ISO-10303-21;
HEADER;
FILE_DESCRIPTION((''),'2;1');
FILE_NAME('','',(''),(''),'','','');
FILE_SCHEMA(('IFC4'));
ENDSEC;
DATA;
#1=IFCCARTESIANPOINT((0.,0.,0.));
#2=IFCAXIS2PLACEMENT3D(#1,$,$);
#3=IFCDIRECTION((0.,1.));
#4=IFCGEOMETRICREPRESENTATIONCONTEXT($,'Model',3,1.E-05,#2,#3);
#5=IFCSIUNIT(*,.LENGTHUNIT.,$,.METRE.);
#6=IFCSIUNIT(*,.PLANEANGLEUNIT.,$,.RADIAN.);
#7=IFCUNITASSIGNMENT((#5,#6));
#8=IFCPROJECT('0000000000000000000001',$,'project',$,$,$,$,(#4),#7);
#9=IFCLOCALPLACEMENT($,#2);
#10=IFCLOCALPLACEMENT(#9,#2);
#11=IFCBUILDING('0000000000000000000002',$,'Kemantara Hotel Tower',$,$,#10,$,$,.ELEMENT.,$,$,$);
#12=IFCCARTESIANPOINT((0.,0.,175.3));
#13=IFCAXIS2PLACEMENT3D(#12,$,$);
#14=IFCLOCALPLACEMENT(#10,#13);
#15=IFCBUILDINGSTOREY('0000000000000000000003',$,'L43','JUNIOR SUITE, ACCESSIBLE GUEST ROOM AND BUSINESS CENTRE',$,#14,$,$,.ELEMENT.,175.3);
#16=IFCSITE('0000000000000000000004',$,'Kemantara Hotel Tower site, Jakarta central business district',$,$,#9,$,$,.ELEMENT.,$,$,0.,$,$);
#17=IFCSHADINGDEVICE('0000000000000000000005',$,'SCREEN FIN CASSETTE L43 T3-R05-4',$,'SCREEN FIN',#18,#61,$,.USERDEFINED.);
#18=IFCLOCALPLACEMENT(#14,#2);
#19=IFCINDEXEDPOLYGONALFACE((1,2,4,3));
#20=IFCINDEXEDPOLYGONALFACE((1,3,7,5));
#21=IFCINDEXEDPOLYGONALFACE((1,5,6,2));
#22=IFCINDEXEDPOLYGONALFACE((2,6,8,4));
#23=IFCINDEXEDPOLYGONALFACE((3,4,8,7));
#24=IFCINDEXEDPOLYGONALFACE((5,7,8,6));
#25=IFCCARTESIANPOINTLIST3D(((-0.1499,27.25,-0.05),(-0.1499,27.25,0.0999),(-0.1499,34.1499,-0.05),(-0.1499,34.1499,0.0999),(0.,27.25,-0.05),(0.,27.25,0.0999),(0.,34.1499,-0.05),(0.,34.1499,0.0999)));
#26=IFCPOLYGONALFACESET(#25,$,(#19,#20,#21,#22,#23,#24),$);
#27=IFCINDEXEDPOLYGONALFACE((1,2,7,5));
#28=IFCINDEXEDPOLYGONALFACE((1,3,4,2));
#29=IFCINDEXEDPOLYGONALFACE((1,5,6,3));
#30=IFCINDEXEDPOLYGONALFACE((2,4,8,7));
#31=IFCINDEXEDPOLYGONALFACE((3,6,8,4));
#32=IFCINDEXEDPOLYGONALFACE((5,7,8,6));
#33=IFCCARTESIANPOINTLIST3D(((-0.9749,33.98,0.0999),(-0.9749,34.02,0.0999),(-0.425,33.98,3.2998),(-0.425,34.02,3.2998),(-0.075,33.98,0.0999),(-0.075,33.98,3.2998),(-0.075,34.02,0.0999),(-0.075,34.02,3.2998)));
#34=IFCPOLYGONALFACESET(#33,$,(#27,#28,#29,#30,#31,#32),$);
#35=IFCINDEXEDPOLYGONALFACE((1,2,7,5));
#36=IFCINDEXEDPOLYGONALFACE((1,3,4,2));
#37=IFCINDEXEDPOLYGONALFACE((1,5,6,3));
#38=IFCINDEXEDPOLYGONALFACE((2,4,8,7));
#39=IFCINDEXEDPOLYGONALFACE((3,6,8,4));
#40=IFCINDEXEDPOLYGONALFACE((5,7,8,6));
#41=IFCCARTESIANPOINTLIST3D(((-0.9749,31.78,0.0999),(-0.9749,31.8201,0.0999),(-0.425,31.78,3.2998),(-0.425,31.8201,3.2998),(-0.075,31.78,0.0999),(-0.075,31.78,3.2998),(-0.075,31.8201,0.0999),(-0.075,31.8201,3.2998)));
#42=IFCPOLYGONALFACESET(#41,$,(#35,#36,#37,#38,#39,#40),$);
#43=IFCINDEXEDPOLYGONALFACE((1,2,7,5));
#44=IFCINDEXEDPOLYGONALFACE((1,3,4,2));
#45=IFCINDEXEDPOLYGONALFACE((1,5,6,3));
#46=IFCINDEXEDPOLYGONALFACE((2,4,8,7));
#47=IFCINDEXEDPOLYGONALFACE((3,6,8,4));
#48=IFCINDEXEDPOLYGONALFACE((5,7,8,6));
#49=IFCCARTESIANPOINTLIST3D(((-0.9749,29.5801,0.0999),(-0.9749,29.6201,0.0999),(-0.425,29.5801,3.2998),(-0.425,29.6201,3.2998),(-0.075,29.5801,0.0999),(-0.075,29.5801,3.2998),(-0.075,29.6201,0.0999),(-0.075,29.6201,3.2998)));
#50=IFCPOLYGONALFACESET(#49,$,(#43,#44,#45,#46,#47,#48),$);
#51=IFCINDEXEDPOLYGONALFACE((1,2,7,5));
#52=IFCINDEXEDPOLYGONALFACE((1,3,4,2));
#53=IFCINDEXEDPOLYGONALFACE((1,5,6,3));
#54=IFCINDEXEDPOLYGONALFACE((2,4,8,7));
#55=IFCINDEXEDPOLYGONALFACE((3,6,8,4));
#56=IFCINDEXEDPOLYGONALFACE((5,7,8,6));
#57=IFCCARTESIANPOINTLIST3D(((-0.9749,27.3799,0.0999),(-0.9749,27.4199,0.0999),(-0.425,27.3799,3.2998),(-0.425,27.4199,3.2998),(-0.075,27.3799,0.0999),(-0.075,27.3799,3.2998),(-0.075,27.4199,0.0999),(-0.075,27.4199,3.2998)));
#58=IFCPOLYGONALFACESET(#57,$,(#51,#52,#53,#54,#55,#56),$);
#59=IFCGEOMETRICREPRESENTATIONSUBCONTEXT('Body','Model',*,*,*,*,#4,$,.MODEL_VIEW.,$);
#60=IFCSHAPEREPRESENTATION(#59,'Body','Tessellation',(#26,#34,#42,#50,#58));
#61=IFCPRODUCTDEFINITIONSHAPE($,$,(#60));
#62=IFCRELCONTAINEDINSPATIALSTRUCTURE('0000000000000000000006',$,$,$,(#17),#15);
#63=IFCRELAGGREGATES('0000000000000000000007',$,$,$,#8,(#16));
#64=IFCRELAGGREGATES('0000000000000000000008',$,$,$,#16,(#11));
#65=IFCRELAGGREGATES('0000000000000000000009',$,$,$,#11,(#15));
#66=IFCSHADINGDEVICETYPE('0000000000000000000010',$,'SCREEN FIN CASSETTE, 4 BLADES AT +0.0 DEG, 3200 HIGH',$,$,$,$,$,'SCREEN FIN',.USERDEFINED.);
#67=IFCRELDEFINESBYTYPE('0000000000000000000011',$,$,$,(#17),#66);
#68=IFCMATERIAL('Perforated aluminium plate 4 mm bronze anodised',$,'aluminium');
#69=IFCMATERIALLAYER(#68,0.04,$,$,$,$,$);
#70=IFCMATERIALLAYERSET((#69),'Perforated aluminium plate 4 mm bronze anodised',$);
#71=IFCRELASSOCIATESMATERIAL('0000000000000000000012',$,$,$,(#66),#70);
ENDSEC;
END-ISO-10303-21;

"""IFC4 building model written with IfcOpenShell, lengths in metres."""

from ifc_helpers import new_model, si_unit, direction, frame, origin, origin_2d, place, context, subcontext, project, spatial, polyline, rectangle, outline, extrude, source, transform, mapped, material, layer, layer_set, type_object, element, save


model = new_model("IFC4")

# Units and contexts
model_context = context("Model", 3, precision=1e-05, world=origin(), true_north=direction((0.0, 1.0)))
body_context = subcontext(model_context, "Body", "Model", "MODEL_VIEW")
ifc_project = project(units=[si_unit("LENGTHUNIT", "METRE"), si_unit("PLANEANGLEUNIT", "RADIAN")], contexts=[model_context])

# Site, building, storey
site_placement = place(None, origin())
site = spatial("IfcSite", under=ifc_project, at=site_placement, Name="Kemantara Hotel Tower site, Jakarta central business district", CompositionType="ELEMENT", RefElevation=0.0)
building_placement = place(site_placement, origin())
building = spatial("IfcBuilding", under=site, at=building_placement, Name="Kemantara Hotel Tower", CompositionType="ELEMENT")
storey_placement = place(building_placement, frame((0.0, 0.0, 175.3)))
storey = spatial("IfcBuildingStorey", under=building, at=storey_placement, Name="L43", Description="JUNIOR SUITE, ACCESSIBLE GUEST ROOM AND BUSINESS CENTRE", CompositionType="ELEMENT", Elevation=175.3)

# Shading device
ifc_material_1 = material(Name="Perforated aluminium plate 4 mm bronze anodised", Category="aluminium")
ifc_layer_1 = layer(ifc_material_1, 0.04)
ifc_layer_set_1 = layer_set([ifc_layer_1], Name="Perforated aluminium plate 4 mm bronze anodised")
shading_device_type = type_object("IfcShadingDeviceType", Name="SCREEN FIN CASSETTE, 4 BLADES AT +0.0 DEG, 3200 HIGH", ElementType="SCREEN FIN", PredefinedType="USERDEFINED", material=ifc_layer_set_1)
shared_shape_1 = source(origin(), body_context, "Body", "SweptSolid", [
    extrude(rectangle(XDim=6.8999, YDim=0.1499, at=origin_2d()), frame((3.3, -0.075, -0.1499), z_axis=(0.0, 0.0, 1.0), x_axis=(1.0, 0.0, 0.0)), (0.0, 0.0, 1.0), 0.1499),
    extrude(outline(polyline([(0.0, 0.0), (0.8999, 0.0), (0.3501, 3.2), (0.0, 3.2), (0.0, 0.0)])), frame((0.02, -0.075, 0.0), z_axis=(-1.0, 0.0, 0.0), x_axis=(0.0, -1.0, 0.0)), (0.0, 0.0, 1.0), 0.04),
    extrude(outline(polyline([(0.0, 0.0), (0.8999, 0.0), (0.3501, 3.2), (0.0, 3.2), (0.0, 0.0)])), frame((2.22, -0.075, 0.0), z_axis=(-1.0, 0.0, 0.0), x_axis=(0.0, -1.0, 0.0)), (0.0, 0.0, 1.0), 0.04),
    extrude(outline(polyline([(0.0, 0.0), (0.8999, 0.0), (0.3501, 3.2), (0.0, 3.2), (0.0, 0.0)])), frame((4.4199, -0.075, 0.0), z_axis=(-1.0, 0.0, 0.0), x_axis=(0.0, -1.0, 0.0)), (0.0, 0.0, 1.0), 0.04),
    extrude(outline(polyline([(0.0, 0.0), (0.8999, 0.0), (0.3501, 3.2), (0.0, 3.2), (0.0, 0.0)])), frame((6.6201, -0.075, 0.0), z_axis=(-1.0, 0.0, 0.0), x_axis=(0.0, -1.0, 0.0)), (0.0, 0.0, 1.0), 0.04),
])
shading_device_placement = place(storey_placement, frame((0.0, 34.0, 0.0999), z_axis=(0.0, 0.0, 1.0), x_axis=(0.0, -1.0, 0.0)))
element("IfcShadingDevice", 1, at=shading_device_placement, inside=storey, type_object=shading_device_type, Name="SCREEN FIN CASSETTE L43 T3-R05-4", ObjectType="SCREEN FIN", PredefinedType="USERDEFINED", context=body_context, shape_type="MappedRepresentation", body=[
    mapped(shared_shape_1, transform((0.0, 0.0, 0.0))),
])

save(model, "model.ifc")
